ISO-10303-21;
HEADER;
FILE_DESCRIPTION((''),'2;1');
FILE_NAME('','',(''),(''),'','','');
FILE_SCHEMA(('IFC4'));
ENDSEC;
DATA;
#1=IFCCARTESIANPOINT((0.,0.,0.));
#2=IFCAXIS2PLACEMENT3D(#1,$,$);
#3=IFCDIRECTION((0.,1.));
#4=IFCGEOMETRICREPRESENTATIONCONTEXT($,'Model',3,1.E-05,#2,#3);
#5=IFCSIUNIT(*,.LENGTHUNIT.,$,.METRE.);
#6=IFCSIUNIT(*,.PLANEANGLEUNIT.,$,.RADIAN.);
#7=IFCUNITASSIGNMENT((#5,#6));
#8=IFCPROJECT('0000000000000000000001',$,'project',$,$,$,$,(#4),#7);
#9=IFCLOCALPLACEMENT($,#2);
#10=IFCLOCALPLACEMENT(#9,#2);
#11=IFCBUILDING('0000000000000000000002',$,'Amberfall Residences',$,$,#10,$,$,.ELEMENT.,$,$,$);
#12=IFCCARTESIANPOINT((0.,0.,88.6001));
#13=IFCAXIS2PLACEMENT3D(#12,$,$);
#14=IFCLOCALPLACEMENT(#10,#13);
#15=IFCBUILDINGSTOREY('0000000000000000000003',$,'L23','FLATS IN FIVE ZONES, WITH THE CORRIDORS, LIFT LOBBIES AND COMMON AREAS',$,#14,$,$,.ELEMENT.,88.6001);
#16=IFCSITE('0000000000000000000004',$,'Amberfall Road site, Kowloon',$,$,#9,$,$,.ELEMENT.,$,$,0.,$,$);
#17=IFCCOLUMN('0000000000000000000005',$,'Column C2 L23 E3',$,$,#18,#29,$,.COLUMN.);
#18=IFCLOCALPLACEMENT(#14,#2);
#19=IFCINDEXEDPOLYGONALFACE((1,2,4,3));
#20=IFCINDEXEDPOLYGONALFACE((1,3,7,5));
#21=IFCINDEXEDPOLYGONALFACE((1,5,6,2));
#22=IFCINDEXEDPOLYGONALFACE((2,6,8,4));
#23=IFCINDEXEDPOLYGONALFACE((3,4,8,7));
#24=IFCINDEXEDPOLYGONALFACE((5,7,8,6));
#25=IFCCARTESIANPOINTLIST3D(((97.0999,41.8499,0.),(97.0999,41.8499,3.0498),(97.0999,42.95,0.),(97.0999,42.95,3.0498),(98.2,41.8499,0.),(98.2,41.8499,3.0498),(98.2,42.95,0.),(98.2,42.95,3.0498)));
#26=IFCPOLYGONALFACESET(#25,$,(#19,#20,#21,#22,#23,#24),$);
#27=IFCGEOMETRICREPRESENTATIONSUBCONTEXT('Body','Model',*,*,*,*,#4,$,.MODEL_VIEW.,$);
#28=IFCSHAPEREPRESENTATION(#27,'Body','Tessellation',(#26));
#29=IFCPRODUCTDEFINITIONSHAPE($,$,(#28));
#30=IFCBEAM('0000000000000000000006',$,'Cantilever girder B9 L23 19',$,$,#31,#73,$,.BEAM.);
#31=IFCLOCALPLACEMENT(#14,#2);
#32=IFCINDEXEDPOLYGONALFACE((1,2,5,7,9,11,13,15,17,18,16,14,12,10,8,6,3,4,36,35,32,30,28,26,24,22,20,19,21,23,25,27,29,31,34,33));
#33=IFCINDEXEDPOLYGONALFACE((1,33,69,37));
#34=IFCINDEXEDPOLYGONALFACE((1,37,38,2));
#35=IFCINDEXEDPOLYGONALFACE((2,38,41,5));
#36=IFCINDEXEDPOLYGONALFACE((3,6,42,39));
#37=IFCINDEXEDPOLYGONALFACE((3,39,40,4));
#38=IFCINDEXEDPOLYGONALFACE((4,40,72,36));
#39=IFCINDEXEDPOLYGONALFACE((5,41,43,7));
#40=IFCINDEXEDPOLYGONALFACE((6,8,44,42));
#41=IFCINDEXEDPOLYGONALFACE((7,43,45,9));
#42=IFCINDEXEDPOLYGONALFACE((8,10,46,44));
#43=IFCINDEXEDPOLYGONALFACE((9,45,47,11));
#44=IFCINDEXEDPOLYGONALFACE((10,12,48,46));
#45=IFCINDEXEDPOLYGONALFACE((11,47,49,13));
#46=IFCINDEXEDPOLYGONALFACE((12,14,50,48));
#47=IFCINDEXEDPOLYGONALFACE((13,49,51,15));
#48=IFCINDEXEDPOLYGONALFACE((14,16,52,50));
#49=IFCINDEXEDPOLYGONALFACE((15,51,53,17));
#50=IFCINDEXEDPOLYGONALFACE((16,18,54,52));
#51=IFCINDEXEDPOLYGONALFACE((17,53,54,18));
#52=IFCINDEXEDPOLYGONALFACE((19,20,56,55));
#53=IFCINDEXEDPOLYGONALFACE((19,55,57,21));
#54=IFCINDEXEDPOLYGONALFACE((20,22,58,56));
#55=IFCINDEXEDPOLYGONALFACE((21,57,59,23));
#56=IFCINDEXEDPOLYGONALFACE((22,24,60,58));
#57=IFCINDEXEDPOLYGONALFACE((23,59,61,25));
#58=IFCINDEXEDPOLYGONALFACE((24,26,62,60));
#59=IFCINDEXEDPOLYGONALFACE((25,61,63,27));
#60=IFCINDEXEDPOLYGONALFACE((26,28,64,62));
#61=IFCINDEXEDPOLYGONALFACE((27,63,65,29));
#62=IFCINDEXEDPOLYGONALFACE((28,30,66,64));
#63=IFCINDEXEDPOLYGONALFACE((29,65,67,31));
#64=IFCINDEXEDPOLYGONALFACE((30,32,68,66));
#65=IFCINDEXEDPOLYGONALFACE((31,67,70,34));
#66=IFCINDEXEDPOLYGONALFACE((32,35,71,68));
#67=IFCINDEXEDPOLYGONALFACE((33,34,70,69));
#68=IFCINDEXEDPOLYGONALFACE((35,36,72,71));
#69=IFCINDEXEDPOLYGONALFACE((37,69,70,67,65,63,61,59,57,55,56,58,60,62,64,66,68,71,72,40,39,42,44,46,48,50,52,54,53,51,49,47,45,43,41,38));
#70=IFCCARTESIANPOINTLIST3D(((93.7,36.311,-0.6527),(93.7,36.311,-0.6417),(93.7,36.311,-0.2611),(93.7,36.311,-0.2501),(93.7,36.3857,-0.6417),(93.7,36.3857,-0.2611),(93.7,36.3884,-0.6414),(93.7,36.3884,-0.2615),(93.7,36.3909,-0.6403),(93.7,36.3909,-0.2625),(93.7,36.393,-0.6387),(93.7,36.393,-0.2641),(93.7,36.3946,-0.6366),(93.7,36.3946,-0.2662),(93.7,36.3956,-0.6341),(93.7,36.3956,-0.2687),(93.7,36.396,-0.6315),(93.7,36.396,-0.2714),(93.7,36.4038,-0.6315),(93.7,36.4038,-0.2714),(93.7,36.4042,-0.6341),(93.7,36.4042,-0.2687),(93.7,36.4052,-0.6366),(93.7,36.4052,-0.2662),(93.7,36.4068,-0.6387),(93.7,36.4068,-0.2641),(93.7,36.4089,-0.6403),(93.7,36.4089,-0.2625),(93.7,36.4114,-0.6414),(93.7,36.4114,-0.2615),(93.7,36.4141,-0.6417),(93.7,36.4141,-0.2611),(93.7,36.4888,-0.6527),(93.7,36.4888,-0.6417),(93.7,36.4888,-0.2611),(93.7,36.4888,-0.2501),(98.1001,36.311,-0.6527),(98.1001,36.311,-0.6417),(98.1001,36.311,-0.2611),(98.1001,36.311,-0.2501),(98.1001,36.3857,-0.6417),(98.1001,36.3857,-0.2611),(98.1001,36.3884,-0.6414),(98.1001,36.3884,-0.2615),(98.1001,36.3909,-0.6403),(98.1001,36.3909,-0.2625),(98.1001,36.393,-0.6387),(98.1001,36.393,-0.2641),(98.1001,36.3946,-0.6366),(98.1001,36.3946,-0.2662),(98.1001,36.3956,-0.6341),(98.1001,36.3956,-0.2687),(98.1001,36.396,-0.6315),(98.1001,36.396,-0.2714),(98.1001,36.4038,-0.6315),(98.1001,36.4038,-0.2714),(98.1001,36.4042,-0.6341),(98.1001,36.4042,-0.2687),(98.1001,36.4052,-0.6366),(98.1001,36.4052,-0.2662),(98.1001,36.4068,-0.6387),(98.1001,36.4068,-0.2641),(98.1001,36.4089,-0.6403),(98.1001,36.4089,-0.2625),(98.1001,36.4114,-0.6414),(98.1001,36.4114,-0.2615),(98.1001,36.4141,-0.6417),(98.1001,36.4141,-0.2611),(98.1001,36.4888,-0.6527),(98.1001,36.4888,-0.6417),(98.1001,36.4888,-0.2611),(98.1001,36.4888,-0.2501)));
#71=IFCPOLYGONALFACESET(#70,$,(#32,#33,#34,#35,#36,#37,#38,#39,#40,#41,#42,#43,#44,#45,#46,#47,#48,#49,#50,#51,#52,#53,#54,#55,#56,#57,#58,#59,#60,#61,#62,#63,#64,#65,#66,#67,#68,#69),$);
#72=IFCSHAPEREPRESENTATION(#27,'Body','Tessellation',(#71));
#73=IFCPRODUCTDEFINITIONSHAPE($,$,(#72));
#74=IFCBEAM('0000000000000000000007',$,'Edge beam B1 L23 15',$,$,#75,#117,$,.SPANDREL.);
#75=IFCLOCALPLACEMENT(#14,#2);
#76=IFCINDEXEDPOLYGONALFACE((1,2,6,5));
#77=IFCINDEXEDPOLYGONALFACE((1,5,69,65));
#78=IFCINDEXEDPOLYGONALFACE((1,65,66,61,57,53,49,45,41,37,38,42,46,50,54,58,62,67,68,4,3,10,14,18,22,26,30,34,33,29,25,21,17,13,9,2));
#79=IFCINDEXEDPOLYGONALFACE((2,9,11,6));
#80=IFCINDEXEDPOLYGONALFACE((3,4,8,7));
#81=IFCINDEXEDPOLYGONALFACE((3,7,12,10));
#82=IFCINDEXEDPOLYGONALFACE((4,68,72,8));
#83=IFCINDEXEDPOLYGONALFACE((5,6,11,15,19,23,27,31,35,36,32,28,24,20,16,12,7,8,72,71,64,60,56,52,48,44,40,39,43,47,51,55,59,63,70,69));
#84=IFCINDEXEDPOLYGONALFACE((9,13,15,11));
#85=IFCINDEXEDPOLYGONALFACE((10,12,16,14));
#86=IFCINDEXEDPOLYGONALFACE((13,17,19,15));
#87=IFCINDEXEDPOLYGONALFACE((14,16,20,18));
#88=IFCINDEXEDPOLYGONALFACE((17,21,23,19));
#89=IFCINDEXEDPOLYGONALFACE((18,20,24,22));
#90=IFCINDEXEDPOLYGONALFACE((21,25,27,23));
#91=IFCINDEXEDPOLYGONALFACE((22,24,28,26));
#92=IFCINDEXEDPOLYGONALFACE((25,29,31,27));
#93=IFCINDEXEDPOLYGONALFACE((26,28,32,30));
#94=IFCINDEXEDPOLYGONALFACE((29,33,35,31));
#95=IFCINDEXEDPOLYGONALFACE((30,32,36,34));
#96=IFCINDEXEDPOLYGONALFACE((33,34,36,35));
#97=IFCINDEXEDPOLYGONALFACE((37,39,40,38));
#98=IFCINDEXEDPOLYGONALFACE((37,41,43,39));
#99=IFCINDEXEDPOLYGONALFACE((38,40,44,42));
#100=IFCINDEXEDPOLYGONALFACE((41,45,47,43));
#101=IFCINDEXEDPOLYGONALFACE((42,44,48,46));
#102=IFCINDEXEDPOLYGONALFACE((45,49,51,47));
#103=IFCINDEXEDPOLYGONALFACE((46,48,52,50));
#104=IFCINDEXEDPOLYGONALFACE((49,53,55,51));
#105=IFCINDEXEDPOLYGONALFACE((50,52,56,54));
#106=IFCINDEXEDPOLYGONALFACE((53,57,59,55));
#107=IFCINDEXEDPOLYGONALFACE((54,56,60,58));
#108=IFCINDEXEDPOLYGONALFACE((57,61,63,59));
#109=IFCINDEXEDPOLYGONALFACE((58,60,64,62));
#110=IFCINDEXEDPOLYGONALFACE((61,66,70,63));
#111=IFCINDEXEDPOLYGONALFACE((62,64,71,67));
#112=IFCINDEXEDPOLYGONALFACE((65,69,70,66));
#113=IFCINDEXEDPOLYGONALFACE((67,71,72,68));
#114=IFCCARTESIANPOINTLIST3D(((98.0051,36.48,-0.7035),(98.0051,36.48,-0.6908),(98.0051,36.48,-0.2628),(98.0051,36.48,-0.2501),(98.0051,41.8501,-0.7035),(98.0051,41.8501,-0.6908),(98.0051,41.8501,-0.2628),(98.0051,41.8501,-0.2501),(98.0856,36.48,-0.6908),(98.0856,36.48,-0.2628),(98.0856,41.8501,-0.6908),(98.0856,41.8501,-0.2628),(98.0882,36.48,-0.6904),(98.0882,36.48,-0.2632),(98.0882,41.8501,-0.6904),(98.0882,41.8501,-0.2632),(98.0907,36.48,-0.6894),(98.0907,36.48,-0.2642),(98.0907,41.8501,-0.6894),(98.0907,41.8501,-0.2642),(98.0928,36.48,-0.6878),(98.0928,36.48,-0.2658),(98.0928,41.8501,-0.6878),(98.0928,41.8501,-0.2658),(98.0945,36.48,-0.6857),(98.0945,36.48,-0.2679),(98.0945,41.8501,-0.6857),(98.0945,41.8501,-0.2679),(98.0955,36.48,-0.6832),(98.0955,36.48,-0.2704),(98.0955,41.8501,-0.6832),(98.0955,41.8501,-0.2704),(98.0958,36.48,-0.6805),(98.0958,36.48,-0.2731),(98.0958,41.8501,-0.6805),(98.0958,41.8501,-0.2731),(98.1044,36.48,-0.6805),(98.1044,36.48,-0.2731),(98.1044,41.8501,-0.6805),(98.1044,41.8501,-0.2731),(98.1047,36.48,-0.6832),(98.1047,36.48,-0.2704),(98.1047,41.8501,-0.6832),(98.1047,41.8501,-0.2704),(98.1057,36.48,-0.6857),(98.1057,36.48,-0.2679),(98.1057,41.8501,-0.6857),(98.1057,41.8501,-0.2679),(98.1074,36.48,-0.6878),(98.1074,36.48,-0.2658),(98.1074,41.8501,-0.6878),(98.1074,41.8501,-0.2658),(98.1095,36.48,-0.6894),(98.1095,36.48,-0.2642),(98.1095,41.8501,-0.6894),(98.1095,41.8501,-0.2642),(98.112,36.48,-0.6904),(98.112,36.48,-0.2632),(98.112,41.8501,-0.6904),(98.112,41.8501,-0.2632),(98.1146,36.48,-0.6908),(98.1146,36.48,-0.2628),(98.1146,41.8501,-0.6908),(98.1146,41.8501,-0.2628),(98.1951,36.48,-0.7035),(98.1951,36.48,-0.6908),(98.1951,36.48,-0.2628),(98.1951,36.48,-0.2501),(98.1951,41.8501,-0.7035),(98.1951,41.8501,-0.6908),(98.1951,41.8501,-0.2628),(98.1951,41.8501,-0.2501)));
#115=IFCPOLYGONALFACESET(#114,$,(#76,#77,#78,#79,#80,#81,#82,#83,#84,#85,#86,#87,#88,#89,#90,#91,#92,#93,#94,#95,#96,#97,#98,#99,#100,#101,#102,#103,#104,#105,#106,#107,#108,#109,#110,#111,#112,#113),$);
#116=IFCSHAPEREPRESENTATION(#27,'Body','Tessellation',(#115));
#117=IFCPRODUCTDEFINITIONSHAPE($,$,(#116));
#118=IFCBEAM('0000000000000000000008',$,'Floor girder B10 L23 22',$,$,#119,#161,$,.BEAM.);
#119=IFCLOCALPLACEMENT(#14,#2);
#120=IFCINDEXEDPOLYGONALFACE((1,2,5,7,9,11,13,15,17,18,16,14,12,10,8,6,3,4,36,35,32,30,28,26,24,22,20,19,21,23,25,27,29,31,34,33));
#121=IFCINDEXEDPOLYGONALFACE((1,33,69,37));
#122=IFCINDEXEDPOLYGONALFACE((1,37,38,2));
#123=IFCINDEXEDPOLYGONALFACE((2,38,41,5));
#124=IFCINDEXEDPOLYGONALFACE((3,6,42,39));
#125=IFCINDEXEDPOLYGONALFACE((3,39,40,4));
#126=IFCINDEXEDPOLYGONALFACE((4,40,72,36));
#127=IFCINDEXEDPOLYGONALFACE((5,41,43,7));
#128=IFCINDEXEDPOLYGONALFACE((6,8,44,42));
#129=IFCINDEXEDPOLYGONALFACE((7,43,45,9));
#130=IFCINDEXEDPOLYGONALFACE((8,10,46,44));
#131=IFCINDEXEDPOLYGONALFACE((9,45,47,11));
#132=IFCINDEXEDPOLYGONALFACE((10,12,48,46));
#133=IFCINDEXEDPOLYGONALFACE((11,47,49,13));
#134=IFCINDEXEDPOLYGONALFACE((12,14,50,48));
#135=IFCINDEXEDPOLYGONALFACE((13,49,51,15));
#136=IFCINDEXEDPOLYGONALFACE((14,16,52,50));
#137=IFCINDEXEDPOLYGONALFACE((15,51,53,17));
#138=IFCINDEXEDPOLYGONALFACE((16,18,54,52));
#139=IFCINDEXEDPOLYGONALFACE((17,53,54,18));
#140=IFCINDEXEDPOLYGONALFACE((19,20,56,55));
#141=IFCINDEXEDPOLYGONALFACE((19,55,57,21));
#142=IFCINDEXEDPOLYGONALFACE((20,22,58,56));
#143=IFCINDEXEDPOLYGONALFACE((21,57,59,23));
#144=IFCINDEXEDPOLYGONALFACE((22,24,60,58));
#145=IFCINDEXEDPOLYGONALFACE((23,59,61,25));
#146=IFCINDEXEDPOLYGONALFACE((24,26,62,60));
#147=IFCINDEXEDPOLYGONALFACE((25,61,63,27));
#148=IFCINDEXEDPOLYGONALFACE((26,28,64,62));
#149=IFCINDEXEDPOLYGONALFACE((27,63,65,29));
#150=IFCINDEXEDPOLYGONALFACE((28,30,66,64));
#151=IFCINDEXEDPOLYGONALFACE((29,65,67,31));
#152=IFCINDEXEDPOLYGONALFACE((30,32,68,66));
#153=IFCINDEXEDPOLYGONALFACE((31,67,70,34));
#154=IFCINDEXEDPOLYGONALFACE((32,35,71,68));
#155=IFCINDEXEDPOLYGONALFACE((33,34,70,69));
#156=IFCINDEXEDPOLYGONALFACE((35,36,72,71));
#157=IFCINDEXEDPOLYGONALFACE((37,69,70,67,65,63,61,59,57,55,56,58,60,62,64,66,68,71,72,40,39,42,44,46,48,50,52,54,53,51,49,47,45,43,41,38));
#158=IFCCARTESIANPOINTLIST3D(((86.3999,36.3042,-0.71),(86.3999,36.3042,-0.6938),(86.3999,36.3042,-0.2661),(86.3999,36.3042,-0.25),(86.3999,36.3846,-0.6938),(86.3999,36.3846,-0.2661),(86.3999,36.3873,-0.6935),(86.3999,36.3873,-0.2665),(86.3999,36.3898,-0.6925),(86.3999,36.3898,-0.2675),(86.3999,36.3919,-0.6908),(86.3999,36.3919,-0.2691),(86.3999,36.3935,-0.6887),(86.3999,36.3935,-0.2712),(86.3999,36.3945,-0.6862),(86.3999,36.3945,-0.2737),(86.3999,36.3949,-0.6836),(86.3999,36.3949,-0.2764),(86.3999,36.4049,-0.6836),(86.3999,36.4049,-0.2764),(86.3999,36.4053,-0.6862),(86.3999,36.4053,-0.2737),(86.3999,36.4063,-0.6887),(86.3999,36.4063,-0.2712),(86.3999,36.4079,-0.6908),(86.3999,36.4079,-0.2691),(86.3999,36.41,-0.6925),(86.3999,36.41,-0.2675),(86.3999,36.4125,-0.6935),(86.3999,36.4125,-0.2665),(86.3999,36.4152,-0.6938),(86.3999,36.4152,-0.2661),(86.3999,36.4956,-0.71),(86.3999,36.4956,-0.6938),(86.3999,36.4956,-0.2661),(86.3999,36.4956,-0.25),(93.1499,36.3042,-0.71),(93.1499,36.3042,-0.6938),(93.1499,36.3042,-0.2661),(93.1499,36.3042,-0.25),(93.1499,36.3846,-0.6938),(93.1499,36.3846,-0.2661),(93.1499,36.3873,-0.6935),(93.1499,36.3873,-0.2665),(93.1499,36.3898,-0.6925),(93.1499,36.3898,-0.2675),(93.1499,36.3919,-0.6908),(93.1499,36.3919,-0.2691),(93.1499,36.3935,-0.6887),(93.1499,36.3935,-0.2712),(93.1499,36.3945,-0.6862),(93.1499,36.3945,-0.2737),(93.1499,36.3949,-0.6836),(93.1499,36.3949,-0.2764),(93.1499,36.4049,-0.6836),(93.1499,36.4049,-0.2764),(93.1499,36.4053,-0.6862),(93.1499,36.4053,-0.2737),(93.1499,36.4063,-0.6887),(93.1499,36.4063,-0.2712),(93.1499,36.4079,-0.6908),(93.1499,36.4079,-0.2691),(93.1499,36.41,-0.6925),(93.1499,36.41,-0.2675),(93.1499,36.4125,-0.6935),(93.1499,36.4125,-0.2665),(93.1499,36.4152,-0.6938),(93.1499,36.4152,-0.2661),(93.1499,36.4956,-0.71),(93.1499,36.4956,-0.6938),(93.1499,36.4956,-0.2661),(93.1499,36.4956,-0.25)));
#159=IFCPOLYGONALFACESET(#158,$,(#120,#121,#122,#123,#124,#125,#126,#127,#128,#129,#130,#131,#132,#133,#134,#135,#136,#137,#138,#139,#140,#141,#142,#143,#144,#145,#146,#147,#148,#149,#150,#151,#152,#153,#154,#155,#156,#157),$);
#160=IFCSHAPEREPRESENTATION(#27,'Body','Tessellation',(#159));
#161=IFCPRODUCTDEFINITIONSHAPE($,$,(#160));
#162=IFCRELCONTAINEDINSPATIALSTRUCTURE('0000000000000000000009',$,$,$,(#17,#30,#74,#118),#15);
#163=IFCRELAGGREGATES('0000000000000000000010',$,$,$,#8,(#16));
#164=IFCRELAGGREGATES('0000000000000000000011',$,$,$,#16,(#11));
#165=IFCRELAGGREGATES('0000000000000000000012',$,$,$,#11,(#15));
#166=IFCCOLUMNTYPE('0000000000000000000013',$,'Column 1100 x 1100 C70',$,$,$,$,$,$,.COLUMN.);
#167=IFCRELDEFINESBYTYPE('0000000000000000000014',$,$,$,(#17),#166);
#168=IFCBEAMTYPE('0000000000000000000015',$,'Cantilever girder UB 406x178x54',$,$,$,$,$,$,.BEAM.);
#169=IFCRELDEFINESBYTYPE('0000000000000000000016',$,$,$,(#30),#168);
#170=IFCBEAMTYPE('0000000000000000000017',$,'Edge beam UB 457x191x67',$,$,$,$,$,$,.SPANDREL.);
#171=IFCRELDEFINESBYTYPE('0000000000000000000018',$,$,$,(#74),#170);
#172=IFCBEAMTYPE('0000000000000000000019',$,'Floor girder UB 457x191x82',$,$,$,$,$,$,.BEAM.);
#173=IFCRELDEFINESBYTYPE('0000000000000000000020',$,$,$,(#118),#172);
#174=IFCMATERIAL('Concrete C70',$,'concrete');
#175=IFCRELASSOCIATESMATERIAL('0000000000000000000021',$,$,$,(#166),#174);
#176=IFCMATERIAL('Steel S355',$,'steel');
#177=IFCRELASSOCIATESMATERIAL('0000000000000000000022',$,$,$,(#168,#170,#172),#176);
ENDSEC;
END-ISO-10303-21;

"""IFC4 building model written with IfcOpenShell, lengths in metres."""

from ifc_helpers import new_model, si_unit, direction, frame, origin, origin_2d, place, context, subcontext, project, spatial, rectangle, i_section, extrude, material, material_profile, profile_set, type_object, element, save


model = new_model("IFC4")

# Units and contexts
model_context = context("Model", 3, precision=1e-05, world=origin(), true_north=direction((0.0, 1.0)))
body_context = subcontext(model_context, "Body", "Model", "MODEL_VIEW")
ifc_project = project(units=[si_unit("LENGTHUNIT", "METRE"), si_unit("PLANEANGLEUNIT", "RADIAN")], contexts=[model_context])

# Site, building, storey
site_placement = place(None, origin())
site = spatial("IfcSite", under=ifc_project, at=site_placement, Name="Amberfall Road site, Kowloon", CompositionType="ELEMENT", RefElevation=0.0)
building_placement = place(site_placement, origin())
building = spatial("IfcBuilding", under=site, at=building_placement, Name="Amberfall Residences", CompositionType="ELEMENT")
storey_placement = place(building_placement, frame((0.0, 0.0, 88.6001)))
storey = spatial("IfcBuildingStorey", under=building, at=storey_placement, Name="L23", Description="FLATS IN FIVE ZONES, WITH THE CORRIDORS, LIFT LOBBIES AND COMMON AREAS", CompositionType="ELEMENT", Elevation=88.6001)

# Column
ifc_material_1 = material(Name="Concrete C70", Category="concrete")
ifc_material_profile_1 = material_profile(ifc_material_1, rectangle(XDim=1.1001, YDim=1.1001, at=origin_2d()), Name="Column 1100 x 1100 C70")
ifc_profile_set_1 = profile_set([ifc_material_profile_1], Name="Concrete C70")
column_type = type_object("IfcColumnType", Name="Column 1100 x 1100 C70", PredefinedType="COLUMN", material=ifc_profile_set_1)
column_placement = place(storey_placement, frame((97.6499, 42.3999, 0.0), z_axis=(0.0, 0.0, 1.0), x_axis=(1.0, 0.0, 0.0)))
element("IfcColumn", 1, at=column_placement, inside=storey, type_object=column_type, Name="Column C2 L23 E3", PredefinedType="COLUMN", context=body_context, shape_type="SweptSolid", body=[
    extrude(rectangle(XDim=1.1001, YDim=1.1001, at=origin_2d()), origin(), (0.0, 0.0, 1.0), 3.0498),
])

# Beams
ifc_material_2 = material(Name="Steel S355", Category="steel")
ifc_material_profile_2 = material_profile(ifc_material_2, i_section(OverallWidth=0.1777, OverallDepth=0.4026, WebThickness=0.0078, FlangeThickness=0.011, FilletRadius=0.0103, at=origin_2d()), Name="UB 406x178x54")
ifc_profile_set_2 = profile_set([ifc_material_profile_2], Name="Steel S355")
beam_type_1 = type_object("IfcBeamType", Name="Cantilever girder UB 406x178x54", PredefinedType="BEAM", material=ifc_profile_set_2)
beam_1_placement = place(storey_placement, frame((93.7, 36.3999, -0.4514), z_axis=(1.0, 0.0, 0.0), x_axis=(0.0, 1.0, 0.0)))
element("IfcBeam", 2, at=beam_1_placement, inside=storey, type_object=beam_type_1, Name="Cantilever girder B9 L23 19", PredefinedType="BEAM", context=body_context, shape_type="SweptSolid", body=[
    extrude(i_section(OverallWidth=0.1777, OverallDepth=0.4026, WebThickness=0.0078, FlangeThickness=0.011, FilletRadius=0.0103, at=origin_2d()), origin(), (0.0, 0.0, 1.0), 4.4001),
])
ifc_material_profile_3 = material_profile(ifc_material_2, i_section(OverallWidth=0.1899, OverallDepth=0.4534, WebThickness=0.0085, FlangeThickness=0.0127, FilletRadius=0.0103, at=origin_2d()), Name="UB 457x191x67")
ifc_profile_set_3 = profile_set([ifc_material_profile_3], Name="Steel S355")
beam_type_2 = type_object("IfcBeamType", Name="Edge beam UB 457x191x67", PredefinedType="SPANDREL", material=ifc_profile_set_3)
beam_2_placement = place(storey_placement, frame((98.1001, 36.48, -0.4768), z_axis=(0.0, 1.0, 0.0), x_axis=(-1.0, 0.0, 0.0)))
element("IfcBeam", 3, at=beam_2_placement, inside=storey, type_object=beam_type_2, Name="Edge beam B1 L23 15", PredefinedType="SPANDREL", context=body_context, shape_type="SweptSolid", body=[
    extrude(i_section(OverallWidth=0.1899, OverallDepth=0.4534, WebThickness=0.0085, FlangeThickness=0.0127, FilletRadius=0.0103, at=origin_2d()), origin(), (0.0, 0.0, 1.0), 5.3701),
])
ifc_material_profile_4 = material_profile(ifc_material_2, i_section(OverallWidth=0.1914, OverallDepth=0.46, WebThickness=0.01, FlangeThickness=0.0161, FilletRadius=0.0103, at=origin_2d()), Name="UB 457x191x82")
ifc_profile_set_4 = profile_set([ifc_material_profile_4], Name="Steel S355")
beam_type_3 = type_object("IfcBeamType", Name="Floor girder UB 457x191x82", PredefinedType="BEAM", material=ifc_profile_set_4)
beam_3_placement = place(storey_placement, frame((93.1499, 36.3999, -0.48), z_axis=(-1.0, 0.0, 0.0), x_axis=(0.0, -1.0, 0.0)))
element("IfcBeam", 4, at=beam_3_placement, inside=storey, type_object=beam_type_3, Name="Floor girder B10 L23 22", PredefinedType="BEAM", context=body_context, shape_type="SweptSolid", body=[
    extrude(i_section(OverallWidth=0.1914, OverallDepth=0.46, WebThickness=0.01, FlangeThickness=0.0161, FilletRadius=0.0103, at=origin_2d()), origin(), (0.0, 0.0, 1.0), 6.75),
])

save(model, "model.ifc")
